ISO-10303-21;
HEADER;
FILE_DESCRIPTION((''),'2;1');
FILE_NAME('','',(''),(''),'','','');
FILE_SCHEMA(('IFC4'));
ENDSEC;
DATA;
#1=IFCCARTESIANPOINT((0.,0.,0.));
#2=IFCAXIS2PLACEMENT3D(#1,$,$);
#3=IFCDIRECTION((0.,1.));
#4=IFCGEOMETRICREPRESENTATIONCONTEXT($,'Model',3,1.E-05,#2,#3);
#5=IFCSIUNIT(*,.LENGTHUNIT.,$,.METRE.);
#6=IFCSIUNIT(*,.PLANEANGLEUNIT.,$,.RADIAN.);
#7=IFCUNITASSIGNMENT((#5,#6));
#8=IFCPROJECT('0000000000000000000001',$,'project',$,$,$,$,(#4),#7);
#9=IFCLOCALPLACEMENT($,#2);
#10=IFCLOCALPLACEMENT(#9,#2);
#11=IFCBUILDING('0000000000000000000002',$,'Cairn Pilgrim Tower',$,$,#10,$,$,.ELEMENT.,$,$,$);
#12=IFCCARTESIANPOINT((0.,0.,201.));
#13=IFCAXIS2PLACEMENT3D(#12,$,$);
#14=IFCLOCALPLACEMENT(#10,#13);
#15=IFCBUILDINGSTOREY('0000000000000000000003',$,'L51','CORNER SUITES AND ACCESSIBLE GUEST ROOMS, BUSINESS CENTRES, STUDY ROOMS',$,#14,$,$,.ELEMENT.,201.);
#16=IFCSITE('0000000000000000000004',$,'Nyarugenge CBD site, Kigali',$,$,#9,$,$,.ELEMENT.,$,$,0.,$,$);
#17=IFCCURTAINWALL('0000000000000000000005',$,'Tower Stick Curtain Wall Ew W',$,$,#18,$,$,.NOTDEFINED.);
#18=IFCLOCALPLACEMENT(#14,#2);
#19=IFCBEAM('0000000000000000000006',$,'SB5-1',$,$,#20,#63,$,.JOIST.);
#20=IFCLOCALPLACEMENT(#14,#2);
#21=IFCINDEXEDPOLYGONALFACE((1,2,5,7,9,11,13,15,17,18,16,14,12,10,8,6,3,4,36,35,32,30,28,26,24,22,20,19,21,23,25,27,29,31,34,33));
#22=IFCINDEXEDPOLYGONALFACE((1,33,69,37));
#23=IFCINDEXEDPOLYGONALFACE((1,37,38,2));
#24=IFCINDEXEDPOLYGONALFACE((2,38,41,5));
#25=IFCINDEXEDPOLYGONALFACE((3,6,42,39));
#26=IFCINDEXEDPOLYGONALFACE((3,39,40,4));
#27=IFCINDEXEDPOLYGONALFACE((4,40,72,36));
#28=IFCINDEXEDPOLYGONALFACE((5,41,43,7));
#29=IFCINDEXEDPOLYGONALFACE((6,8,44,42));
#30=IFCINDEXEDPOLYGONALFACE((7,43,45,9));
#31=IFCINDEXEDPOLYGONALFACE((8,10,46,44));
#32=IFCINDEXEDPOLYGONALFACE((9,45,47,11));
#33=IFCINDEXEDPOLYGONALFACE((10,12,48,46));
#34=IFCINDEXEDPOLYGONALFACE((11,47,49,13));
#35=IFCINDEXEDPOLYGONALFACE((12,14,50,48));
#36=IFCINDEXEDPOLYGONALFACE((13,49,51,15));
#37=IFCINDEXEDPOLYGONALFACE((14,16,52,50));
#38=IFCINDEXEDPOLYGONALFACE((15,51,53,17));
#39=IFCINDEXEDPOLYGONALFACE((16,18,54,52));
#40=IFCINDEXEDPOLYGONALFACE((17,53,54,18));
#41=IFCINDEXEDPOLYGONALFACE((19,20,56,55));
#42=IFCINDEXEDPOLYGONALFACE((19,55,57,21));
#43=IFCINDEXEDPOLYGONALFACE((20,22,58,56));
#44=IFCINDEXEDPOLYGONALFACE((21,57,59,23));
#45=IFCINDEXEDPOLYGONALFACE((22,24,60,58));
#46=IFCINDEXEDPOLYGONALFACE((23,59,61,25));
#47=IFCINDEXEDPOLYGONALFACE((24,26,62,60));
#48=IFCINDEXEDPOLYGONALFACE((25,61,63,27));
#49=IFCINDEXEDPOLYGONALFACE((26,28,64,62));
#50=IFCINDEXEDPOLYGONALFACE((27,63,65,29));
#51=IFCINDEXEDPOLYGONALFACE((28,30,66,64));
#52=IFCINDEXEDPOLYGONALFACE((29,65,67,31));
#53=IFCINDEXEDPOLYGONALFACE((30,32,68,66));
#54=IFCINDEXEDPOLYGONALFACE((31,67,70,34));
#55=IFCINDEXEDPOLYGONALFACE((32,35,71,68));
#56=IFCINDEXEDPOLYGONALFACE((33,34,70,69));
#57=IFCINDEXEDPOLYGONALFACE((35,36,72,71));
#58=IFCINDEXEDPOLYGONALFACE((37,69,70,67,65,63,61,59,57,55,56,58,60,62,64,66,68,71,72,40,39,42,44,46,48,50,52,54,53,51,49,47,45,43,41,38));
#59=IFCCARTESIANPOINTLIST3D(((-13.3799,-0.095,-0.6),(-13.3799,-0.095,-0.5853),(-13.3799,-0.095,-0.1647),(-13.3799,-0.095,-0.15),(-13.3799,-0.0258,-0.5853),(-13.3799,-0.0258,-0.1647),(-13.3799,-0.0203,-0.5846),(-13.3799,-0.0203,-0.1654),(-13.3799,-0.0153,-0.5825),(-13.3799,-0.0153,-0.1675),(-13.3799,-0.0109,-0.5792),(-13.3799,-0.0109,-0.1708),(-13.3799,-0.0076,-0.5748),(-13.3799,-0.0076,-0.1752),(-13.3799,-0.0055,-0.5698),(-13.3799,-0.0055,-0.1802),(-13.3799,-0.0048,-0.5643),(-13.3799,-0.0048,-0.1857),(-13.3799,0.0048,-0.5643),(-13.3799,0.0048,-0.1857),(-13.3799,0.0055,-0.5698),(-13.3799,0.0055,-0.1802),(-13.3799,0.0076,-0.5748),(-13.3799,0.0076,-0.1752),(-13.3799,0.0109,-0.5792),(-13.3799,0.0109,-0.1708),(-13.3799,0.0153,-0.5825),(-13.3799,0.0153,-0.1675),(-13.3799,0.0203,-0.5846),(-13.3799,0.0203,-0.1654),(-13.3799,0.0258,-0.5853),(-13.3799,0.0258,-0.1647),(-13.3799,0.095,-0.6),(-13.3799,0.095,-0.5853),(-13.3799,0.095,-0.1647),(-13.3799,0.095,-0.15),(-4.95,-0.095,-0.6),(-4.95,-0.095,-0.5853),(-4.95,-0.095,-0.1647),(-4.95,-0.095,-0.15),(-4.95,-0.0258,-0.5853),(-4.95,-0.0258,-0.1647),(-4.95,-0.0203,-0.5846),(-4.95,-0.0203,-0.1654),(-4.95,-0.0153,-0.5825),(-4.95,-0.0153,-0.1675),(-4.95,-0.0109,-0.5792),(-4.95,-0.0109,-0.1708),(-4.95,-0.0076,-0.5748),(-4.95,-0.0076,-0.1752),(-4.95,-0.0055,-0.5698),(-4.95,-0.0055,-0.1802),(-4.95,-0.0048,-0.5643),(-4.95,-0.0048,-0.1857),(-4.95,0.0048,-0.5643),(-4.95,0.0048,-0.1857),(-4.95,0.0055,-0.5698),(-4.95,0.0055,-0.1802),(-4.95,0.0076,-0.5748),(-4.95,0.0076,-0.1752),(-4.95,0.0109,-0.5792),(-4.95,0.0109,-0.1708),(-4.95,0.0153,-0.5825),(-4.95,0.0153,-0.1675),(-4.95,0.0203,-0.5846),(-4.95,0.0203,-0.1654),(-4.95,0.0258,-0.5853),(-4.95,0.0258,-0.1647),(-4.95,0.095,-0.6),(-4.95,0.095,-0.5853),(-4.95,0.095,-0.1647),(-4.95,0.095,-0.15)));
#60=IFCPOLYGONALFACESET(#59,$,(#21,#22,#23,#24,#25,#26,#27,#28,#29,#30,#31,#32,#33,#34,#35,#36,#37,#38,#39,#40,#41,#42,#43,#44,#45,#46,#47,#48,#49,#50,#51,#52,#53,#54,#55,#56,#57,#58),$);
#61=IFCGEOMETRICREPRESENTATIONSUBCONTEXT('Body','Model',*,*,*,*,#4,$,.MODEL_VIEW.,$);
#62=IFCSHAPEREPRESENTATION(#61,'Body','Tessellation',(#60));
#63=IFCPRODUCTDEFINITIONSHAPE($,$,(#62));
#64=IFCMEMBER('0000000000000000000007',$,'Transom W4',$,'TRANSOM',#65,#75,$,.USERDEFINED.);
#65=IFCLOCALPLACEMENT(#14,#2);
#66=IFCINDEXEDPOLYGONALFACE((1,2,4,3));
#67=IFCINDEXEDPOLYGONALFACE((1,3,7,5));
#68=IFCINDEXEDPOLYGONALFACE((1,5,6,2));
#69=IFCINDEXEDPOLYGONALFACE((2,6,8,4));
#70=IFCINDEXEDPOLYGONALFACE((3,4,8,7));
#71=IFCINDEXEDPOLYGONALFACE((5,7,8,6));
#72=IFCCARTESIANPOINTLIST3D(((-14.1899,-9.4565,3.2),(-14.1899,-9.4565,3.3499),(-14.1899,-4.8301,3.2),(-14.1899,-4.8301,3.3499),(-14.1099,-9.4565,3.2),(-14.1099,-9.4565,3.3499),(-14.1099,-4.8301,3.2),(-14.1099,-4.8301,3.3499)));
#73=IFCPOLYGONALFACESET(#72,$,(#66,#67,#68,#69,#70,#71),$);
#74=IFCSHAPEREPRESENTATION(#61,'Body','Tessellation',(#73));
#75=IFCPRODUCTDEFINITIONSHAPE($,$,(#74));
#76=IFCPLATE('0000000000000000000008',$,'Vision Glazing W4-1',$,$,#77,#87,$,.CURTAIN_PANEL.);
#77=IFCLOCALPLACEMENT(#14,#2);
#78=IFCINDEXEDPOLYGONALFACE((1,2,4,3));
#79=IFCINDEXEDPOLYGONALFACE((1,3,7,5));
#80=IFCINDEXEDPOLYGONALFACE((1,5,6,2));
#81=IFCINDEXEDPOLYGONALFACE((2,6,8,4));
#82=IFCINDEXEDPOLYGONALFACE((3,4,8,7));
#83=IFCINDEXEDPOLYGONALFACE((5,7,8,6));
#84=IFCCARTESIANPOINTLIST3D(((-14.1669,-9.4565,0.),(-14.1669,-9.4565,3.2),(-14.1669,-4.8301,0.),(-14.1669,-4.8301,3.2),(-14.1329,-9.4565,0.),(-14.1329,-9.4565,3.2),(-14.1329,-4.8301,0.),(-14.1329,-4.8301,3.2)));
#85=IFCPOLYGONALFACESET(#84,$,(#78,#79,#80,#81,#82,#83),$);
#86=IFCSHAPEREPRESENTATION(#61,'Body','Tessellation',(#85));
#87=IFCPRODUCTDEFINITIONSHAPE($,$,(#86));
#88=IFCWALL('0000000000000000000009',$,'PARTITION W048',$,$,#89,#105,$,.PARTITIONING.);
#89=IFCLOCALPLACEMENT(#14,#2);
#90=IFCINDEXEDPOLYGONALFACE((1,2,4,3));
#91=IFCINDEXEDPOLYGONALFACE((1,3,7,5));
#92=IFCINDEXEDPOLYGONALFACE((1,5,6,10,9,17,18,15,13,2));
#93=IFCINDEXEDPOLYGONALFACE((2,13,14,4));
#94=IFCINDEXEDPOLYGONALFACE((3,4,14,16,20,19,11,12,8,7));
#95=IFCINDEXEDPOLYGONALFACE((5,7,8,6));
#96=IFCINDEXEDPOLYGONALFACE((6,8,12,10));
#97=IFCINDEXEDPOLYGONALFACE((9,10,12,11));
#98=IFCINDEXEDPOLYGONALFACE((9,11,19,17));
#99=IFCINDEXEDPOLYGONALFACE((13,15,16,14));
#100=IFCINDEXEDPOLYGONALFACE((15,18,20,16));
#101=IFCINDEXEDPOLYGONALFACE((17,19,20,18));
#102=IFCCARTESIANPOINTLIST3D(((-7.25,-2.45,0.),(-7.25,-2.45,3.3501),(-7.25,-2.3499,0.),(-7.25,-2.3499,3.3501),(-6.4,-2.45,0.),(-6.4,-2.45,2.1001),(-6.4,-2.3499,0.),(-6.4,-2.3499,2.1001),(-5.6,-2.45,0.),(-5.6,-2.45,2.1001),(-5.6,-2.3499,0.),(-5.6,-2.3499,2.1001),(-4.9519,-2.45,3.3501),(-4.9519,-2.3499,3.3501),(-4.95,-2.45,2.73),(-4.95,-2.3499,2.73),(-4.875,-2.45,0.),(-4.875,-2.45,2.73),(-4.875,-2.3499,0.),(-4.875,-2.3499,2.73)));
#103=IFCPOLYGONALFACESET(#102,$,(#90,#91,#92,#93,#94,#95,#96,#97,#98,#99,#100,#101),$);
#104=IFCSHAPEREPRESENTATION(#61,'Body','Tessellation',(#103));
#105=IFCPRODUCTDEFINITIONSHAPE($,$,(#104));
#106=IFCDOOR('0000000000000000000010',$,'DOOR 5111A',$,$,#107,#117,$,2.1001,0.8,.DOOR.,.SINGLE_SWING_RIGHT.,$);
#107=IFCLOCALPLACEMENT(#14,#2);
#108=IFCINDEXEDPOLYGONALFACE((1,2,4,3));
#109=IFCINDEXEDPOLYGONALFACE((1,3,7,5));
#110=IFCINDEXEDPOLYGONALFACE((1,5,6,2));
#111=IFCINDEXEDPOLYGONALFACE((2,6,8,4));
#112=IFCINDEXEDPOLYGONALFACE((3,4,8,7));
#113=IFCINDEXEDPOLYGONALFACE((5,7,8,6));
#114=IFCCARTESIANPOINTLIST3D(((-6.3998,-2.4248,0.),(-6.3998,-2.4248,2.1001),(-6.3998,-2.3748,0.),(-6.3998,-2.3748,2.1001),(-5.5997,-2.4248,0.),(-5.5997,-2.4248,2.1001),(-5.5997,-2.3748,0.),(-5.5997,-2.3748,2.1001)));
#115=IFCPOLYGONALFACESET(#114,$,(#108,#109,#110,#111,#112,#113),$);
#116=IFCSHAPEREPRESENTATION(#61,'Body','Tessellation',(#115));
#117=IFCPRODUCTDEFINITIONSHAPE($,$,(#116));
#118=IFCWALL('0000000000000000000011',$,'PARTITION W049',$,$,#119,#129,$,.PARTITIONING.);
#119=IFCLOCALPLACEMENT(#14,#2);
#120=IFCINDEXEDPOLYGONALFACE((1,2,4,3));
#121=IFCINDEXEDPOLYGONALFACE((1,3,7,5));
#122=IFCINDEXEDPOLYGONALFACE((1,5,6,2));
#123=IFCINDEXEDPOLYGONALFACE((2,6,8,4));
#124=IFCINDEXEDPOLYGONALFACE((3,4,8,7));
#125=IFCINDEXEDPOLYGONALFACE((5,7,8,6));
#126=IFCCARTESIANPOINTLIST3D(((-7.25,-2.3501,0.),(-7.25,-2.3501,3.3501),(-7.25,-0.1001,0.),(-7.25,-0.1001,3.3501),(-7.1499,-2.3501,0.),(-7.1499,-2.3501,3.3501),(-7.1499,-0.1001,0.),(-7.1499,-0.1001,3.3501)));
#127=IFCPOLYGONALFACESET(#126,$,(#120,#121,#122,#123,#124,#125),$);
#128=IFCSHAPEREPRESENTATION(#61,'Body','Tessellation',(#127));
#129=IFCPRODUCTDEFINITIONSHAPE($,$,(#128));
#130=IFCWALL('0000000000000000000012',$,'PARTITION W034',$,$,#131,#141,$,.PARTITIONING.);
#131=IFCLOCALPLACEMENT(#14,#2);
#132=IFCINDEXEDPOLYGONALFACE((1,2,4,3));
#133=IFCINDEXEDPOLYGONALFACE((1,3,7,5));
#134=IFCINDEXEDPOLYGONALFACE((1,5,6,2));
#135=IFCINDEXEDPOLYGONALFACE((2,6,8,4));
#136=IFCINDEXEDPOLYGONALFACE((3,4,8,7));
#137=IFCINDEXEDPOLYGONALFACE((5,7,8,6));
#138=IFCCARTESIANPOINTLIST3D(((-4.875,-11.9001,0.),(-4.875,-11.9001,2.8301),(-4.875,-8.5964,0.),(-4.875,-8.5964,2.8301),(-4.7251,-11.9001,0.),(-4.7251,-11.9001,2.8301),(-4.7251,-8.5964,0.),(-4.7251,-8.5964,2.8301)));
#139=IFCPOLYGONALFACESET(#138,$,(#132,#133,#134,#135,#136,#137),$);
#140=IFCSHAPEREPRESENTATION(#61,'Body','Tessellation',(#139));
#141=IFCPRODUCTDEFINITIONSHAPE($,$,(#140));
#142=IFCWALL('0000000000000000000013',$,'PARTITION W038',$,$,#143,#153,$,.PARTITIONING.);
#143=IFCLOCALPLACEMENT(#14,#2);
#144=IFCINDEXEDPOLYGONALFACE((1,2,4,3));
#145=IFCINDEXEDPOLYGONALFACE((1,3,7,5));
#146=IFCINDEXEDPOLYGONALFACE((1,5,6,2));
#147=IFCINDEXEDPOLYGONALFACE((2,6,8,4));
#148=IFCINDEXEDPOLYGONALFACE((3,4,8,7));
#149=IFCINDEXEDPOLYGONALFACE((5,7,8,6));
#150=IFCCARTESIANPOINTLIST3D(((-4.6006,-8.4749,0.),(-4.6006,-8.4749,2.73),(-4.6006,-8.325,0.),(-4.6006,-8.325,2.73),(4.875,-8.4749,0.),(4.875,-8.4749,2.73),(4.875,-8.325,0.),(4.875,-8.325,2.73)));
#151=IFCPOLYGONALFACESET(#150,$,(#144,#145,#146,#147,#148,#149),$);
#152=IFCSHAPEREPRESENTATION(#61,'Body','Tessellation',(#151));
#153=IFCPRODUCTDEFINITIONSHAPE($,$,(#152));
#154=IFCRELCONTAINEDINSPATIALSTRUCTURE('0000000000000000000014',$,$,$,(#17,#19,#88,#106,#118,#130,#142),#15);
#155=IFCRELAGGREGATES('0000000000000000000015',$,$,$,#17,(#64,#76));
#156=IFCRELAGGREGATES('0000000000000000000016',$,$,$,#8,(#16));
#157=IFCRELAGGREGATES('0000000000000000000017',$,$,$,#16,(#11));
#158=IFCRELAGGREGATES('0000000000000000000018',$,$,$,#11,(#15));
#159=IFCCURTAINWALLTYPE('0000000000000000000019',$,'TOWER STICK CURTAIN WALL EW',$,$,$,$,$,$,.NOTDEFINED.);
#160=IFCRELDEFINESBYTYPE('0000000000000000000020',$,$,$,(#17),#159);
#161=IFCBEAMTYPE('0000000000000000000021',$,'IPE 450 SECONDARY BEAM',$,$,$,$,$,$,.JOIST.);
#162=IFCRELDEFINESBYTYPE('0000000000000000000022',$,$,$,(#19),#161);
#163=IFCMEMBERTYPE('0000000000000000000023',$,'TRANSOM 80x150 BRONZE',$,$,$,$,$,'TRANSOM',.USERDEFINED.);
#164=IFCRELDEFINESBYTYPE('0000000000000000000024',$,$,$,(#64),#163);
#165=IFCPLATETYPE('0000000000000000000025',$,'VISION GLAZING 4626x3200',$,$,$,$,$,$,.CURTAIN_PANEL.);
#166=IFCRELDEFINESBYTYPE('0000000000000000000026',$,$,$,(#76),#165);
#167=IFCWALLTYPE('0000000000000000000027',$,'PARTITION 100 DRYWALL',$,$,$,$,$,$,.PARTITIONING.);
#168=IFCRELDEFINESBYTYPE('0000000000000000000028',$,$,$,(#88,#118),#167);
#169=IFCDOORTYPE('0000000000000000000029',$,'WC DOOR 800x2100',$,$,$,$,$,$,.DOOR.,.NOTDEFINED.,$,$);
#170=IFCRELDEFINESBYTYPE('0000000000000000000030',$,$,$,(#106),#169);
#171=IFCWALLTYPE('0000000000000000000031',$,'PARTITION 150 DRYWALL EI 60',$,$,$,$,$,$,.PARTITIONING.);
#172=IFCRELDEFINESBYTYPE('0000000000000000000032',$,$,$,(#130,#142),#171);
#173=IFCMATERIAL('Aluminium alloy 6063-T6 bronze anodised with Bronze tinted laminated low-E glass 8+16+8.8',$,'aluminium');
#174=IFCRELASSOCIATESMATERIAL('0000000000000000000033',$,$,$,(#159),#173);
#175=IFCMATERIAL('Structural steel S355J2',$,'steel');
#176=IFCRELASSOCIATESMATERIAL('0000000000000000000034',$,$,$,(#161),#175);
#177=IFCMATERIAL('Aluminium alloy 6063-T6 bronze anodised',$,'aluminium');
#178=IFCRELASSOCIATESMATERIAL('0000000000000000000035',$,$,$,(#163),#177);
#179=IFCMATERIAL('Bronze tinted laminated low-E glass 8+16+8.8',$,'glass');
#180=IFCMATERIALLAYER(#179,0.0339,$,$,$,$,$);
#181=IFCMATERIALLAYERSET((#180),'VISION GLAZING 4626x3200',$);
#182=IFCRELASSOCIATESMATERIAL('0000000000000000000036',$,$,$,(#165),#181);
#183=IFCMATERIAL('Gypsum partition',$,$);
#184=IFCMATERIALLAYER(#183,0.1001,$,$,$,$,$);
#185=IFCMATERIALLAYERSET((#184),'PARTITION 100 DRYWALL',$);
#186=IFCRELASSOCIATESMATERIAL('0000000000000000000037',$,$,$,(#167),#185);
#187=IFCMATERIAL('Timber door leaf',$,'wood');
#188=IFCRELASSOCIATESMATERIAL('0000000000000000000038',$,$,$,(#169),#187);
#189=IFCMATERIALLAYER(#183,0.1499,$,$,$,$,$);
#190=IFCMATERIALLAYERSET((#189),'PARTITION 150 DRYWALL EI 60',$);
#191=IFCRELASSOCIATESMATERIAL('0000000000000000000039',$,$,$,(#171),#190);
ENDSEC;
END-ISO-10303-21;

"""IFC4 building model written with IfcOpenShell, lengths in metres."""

from ifc_helpers import new_model, si_unit, direction, frame, frame_2d, origin, origin_2d, place, context, subcontext, project, spatial, polyline, rectangle, i_section, outline, extrude, material, layer, layer_set, material_profile, profile_set, type_object, element, fill, aggregate, save


model = new_model("IFC4")

# Units and contexts
model_context = context("Model", 3, precision=1e-05, world=origin(), true_north=direction((0.0, 1.0)))
body_context = subcontext(model_context, "Body", "Model", "MODEL_VIEW")
ifc_project = project(units=[si_unit("LENGTHUNIT", "METRE"), si_unit("PLANEANGLEUNIT", "RADIAN")], contexts=[model_context])

# Site, building, storey
site_placement = place(None, origin())
site = spatial("IfcSite", under=ifc_project, at=site_placement, Name="Nyarugenge CBD site, Kigali", CompositionType="ELEMENT", RefElevation=0.0)
building_placement = place(site_placement, origin())
building = spatial("IfcBuilding", under=site, at=building_placement, Name="Cairn Pilgrim Tower", CompositionType="ELEMENT")
storey_placement = place(building_placement, frame((0.0, 0.0, 201.0)))
storey = spatial("IfcBuildingStorey", under=building, at=storey_placement, Name="L51", Description="CORNER SUITES AND ACCESSIBLE GUEST ROOMS, BUSINESS CENTRES, STUDY ROOMS", CompositionType="ELEMENT", Elevation=201.0)

# Shared definitions
ifc_material_1 = material(Name="Structural steel S355J2", Category="steel")

# Curtain wall
ifc_material_2 = material(Name="Aluminium alloy 6063-T6 bronze anodised with Bronze tinted laminated low-E glass 8+16+8.8", Category="aluminium")
curtain_wall_type_1 = type_object("IfcCurtainWallType", Name="TOWER STICK CURTAIN WALL EW", PredefinedType="NOTDEFINED", material=ifc_material_2)
curtain_wall_1_placement = place(storey_placement, origin())
curtain_wall_1 = element("IfcCurtainWall", 1, at=curtain_wall_1_placement, inside=storey, type_object=curtain_wall_type_1, Name="Tower Stick Curtain Wall Ew W", PredefinedType="NOTDEFINED")
ifc_material_3 = material(Name="Aluminium alloy 6063-T6 bronze anodised", Category="aluminium")

# Beam
ifc_material_profile_1 = material_profile(ifc_material_1, i_section(OverallWidth=0.1899, OverallDepth=0.45, WebThickness=0.0095, FlangeThickness=0.0146, FilletRadius=0.021, at=origin_2d()), Name="IPE 450")
ifc_profile_set_1 = profile_set([ifc_material_profile_1], Name="Structural steel S355J2")
beam_type_1 = type_object("IfcBeamType", Name="IPE 450 SECONDARY BEAM", PredefinedType="JOIST", material=ifc_profile_set_1)
for number, where, z_axis, x_axis, name in (
    (2, (-13.3799, 0.0, -0.375), (1.0, 0.0, 0.0), (0.0, 1.0, 0.0), "SB5-1"),
):
    element("IfcBeam", number, at=place(storey_placement, frame(where, z_axis=z_axis, x_axis=x_axis)), inside=storey, type_object=beam_type_1, Name=name, PredefinedType="JOIST", context=body_context, shape_type="SweptSolid", body=[
        extrude(i_section(OverallWidth=0.1899, OverallDepth=0.45, WebThickness=0.0095, FlangeThickness=0.0146, FilletRadius=0.021, at=origin_2d()), origin(), (0.0, 0.0, 1.0), 8.4299),
    ])

# Member
ifc_material_profile_2 = material_profile(ifc_material_3, rectangle(XDim=0.0801, YDim=0.1499, at=origin_2d()), Name="TRANSOM 80x150 BRONZE")
ifc_profile_set_2 = profile_set([ifc_material_profile_2], Name="Aluminium alloy 6063-T6 bronze anodised")
member_type_1 = type_object("IfcMemberType", Name="TRANSOM 80x150 BRONZE", ElementType="TRANSOM", PredefinedType="USERDEFINED", material=ifc_profile_set_2)
member_1_placement = place(storey_placement, frame((-14.1499, -4.8301, 3.2749), z_axis=(0.0, -1.0, 0.0), x_axis=(1.0, 0.0, 0.0)))
member_1 = element("IfcMember", 3, at=member_1_placement, type_object=member_type_1, Name="Transom W4", ObjectType="TRANSOM", PredefinedType="USERDEFINED", context=body_context, shape_type="SweptSolid", body=[
    extrude(rectangle(XDim=0.0801, YDim=0.1499, at=origin_2d()), origin(), (0.0, 0.0, 1.0), 4.6265),
])

# Plate
ifc_material_4 = material(Name="Bronze tinted laminated low-E glass 8+16+8.8", Category="glass")
ifc_layer_1 = layer(ifc_material_4, 0.0339)
ifc_layer_set_1 = layer_set([ifc_layer_1], Name="VISION GLAZING 4626x3200")
plate_type = type_object("IfcPlateType", Name="VISION GLAZING 4626x3200", PredefinedType="CURTAIN_PANEL", material=ifc_layer_set_1)
plate_placement = place(storey_placement, frame((-14.1499, -7.1433, 0.0), z_axis=(0.0, 0.0, 1.0), x_axis=(0.0, -1.0, 0.0)))
plate = element("IfcPlate", 4, at=plate_placement, type_object=plate_type, Name="Vision Glazing W4-1", PredefinedType="CURTAIN_PANEL", context=body_context, shape_type="SweptSolid", body=[
    extrude(rectangle(XDim=4.6265, YDim=0.0339, at=origin_2d()), origin(), (0.0, 0.0, 1.0), 3.2),
])
aggregate(curtain_wall_1, [member_1, plate])

# Wall, opening, door
ifc_material_5 = material(Name="Gypsum partition")
ifc_layer_2 = layer(ifc_material_5, 0.1001)
ifc_layer_set_2 = layer_set([ifc_layer_2], Name="PARTITION 100 DRYWALL")
wall_type_1 = type_object("IfcWallType", Name="PARTITION 100 DRYWALL", PredefinedType="PARTITIONING", material=ifc_layer_set_2)
wall_1_placement = place(storey_placement, frame((-7.25, -2.3999, 0.0), z_axis=(0.0, 0.0, 1.0), x_axis=(1.0, 0.0, 0.0)))
wall_1 = element("IfcWall", 5, at=wall_1_placement, inside=storey, type_object=wall_type_1, Name="PARTITION W048", PredefinedType="PARTITIONING", context=body_context, shape_type="SweptSolid", body=[
    extrude(outline(polyline([(0.0, 0.0), (2.375, 0.0), (2.375, 2.73), (2.3, 2.73), (2.2981, 3.3501), (0.0, 3.3501), (0.0, 0.0)])), frame((0.0, 0.05, 0.0), z_axis=(0.0, -1.0, 0.0), x_axis=(1.0, 0.0, 0.0)), (0.0, 0.0, 1.0), 0.1001),
])
opening_1_placement = place(wall_1_placement, frame((0.8501, 0.0, 0.0)))
opening_1 = element("IfcOpeningElement", 6, at=opening_1_placement, cuts=wall_1, PredefinedType="OPENING", context=body_context, shape_type="SweptSolid", body=[
    extrude(rectangle(XDim=0.8, YDim=2.1001, at=frame_2d((0.3999, 1.05))), frame((0.0, 0.0601, 0.0), z_axis=(0.0, -1.0, 0.0), x_axis=(1.0, 0.0, 0.0)), (0.0, 0.0, 1.0), 0.1201),
])
ifc_material_6 = material(Name="Timber door leaf", Category="wood")
door_type_1 = type_object("IfcDoorType", Name="WC DOOR 800x2100", OperationType="NOTDEFINED", PredefinedType="DOOR", material=ifc_material_6)
door_1_placement = place(opening_1_placement, frame((0.8, 0.0, 0.0), z_axis=(0.0, 0.0, 1.0), x_axis=(-1.0, 0.0, 0.0)))
door_1 = element("IfcDoor", 7, at=door_1_placement, inside=storey, type_object=door_type_1, Name="DOOR 5111A", OperationType="SINGLE_SWING_RIGHT", OverallHeight=2.1001, OverallWidth=0.8, PredefinedType="DOOR", context=body_context, shape_type="SweptSolid", body=[
    extrude(rectangle(XDim=0.8, YDim=2.1001, at=frame_2d((0.3999, 1.05))), frame((0.0, 0.0249, 0.0), z_axis=(0.0, -1.0, 0.0), x_axis=(1.0, 0.0, 0.0)), (0.0, 0.0, 1.0), 0.05),
])
fill(opening_1, door_1)

# Walls
wall_2_placement = place(storey_placement, frame((-7.2, -2.3501, 0.0), z_axis=(0.0, 0.0, 1.0), x_axis=(0.0, 1.0, 0.0)))
element("IfcWall", 8, at=wall_2_placement, inside=storey, type_object=wall_type_1, Name="PARTITION W049", PredefinedType="PARTITIONING", context=body_context, shape_type="SweptSolid", body=[
    extrude(rectangle(XDim=2.25, YDim=0.1001, at=frame_2d((1.125, 0.0))), origin(), (0.0, 0.0, 1.0), 3.3501),
])
ifc_layer_3 = layer(ifc_material_5, 0.1499)
ifc_layer_set_3 = layer_set([ifc_layer_3], Name="PARTITION 150 DRYWALL EI 60")
wall_type_2 = type_object("IfcWallType", Name="PARTITION 150 DRYWALL EI 60", PredefinedType="PARTITIONING", material=ifc_layer_set_3)
wall_3_placement = place(storey_placement, frame((-4.8, -11.9001, 0.0), z_axis=(0.0, 0.0, 1.0), x_axis=(0.0, 1.0, 0.0)))
element("IfcWall", 9, at=wall_3_placement, inside=storey, type_object=wall_type_2, Name="PARTITION W034", PredefinedType="PARTITIONING", context=body_context, shape_type="SweptSolid", body=[
    extrude(rectangle(XDim=3.3037, YDim=0.1499, at=frame_2d((1.6519, 0.0))), origin(), (0.0, 0.0, 1.0), 2.8301),
])
wall_4_placement = place(storey_placement, frame((-4.6006, -8.3999, 0.0), z_axis=(0.0, 0.0, 1.0), x_axis=(1.0, 0.0, 0.0)))
element("IfcWall", 10, at=wall_4_placement, inside=storey, type_object=wall_type_2, Name="PARTITION W038", PredefinedType="PARTITIONING", context=body_context, shape_type="SweptSolid", body=[
    extrude(rectangle(XDim=9.4756, YDim=0.1499, at=frame_2d((4.7378, 0.0))), origin(), (0.0, 0.0, 1.0), 2.73),
])

save(model, "model.ifc")
